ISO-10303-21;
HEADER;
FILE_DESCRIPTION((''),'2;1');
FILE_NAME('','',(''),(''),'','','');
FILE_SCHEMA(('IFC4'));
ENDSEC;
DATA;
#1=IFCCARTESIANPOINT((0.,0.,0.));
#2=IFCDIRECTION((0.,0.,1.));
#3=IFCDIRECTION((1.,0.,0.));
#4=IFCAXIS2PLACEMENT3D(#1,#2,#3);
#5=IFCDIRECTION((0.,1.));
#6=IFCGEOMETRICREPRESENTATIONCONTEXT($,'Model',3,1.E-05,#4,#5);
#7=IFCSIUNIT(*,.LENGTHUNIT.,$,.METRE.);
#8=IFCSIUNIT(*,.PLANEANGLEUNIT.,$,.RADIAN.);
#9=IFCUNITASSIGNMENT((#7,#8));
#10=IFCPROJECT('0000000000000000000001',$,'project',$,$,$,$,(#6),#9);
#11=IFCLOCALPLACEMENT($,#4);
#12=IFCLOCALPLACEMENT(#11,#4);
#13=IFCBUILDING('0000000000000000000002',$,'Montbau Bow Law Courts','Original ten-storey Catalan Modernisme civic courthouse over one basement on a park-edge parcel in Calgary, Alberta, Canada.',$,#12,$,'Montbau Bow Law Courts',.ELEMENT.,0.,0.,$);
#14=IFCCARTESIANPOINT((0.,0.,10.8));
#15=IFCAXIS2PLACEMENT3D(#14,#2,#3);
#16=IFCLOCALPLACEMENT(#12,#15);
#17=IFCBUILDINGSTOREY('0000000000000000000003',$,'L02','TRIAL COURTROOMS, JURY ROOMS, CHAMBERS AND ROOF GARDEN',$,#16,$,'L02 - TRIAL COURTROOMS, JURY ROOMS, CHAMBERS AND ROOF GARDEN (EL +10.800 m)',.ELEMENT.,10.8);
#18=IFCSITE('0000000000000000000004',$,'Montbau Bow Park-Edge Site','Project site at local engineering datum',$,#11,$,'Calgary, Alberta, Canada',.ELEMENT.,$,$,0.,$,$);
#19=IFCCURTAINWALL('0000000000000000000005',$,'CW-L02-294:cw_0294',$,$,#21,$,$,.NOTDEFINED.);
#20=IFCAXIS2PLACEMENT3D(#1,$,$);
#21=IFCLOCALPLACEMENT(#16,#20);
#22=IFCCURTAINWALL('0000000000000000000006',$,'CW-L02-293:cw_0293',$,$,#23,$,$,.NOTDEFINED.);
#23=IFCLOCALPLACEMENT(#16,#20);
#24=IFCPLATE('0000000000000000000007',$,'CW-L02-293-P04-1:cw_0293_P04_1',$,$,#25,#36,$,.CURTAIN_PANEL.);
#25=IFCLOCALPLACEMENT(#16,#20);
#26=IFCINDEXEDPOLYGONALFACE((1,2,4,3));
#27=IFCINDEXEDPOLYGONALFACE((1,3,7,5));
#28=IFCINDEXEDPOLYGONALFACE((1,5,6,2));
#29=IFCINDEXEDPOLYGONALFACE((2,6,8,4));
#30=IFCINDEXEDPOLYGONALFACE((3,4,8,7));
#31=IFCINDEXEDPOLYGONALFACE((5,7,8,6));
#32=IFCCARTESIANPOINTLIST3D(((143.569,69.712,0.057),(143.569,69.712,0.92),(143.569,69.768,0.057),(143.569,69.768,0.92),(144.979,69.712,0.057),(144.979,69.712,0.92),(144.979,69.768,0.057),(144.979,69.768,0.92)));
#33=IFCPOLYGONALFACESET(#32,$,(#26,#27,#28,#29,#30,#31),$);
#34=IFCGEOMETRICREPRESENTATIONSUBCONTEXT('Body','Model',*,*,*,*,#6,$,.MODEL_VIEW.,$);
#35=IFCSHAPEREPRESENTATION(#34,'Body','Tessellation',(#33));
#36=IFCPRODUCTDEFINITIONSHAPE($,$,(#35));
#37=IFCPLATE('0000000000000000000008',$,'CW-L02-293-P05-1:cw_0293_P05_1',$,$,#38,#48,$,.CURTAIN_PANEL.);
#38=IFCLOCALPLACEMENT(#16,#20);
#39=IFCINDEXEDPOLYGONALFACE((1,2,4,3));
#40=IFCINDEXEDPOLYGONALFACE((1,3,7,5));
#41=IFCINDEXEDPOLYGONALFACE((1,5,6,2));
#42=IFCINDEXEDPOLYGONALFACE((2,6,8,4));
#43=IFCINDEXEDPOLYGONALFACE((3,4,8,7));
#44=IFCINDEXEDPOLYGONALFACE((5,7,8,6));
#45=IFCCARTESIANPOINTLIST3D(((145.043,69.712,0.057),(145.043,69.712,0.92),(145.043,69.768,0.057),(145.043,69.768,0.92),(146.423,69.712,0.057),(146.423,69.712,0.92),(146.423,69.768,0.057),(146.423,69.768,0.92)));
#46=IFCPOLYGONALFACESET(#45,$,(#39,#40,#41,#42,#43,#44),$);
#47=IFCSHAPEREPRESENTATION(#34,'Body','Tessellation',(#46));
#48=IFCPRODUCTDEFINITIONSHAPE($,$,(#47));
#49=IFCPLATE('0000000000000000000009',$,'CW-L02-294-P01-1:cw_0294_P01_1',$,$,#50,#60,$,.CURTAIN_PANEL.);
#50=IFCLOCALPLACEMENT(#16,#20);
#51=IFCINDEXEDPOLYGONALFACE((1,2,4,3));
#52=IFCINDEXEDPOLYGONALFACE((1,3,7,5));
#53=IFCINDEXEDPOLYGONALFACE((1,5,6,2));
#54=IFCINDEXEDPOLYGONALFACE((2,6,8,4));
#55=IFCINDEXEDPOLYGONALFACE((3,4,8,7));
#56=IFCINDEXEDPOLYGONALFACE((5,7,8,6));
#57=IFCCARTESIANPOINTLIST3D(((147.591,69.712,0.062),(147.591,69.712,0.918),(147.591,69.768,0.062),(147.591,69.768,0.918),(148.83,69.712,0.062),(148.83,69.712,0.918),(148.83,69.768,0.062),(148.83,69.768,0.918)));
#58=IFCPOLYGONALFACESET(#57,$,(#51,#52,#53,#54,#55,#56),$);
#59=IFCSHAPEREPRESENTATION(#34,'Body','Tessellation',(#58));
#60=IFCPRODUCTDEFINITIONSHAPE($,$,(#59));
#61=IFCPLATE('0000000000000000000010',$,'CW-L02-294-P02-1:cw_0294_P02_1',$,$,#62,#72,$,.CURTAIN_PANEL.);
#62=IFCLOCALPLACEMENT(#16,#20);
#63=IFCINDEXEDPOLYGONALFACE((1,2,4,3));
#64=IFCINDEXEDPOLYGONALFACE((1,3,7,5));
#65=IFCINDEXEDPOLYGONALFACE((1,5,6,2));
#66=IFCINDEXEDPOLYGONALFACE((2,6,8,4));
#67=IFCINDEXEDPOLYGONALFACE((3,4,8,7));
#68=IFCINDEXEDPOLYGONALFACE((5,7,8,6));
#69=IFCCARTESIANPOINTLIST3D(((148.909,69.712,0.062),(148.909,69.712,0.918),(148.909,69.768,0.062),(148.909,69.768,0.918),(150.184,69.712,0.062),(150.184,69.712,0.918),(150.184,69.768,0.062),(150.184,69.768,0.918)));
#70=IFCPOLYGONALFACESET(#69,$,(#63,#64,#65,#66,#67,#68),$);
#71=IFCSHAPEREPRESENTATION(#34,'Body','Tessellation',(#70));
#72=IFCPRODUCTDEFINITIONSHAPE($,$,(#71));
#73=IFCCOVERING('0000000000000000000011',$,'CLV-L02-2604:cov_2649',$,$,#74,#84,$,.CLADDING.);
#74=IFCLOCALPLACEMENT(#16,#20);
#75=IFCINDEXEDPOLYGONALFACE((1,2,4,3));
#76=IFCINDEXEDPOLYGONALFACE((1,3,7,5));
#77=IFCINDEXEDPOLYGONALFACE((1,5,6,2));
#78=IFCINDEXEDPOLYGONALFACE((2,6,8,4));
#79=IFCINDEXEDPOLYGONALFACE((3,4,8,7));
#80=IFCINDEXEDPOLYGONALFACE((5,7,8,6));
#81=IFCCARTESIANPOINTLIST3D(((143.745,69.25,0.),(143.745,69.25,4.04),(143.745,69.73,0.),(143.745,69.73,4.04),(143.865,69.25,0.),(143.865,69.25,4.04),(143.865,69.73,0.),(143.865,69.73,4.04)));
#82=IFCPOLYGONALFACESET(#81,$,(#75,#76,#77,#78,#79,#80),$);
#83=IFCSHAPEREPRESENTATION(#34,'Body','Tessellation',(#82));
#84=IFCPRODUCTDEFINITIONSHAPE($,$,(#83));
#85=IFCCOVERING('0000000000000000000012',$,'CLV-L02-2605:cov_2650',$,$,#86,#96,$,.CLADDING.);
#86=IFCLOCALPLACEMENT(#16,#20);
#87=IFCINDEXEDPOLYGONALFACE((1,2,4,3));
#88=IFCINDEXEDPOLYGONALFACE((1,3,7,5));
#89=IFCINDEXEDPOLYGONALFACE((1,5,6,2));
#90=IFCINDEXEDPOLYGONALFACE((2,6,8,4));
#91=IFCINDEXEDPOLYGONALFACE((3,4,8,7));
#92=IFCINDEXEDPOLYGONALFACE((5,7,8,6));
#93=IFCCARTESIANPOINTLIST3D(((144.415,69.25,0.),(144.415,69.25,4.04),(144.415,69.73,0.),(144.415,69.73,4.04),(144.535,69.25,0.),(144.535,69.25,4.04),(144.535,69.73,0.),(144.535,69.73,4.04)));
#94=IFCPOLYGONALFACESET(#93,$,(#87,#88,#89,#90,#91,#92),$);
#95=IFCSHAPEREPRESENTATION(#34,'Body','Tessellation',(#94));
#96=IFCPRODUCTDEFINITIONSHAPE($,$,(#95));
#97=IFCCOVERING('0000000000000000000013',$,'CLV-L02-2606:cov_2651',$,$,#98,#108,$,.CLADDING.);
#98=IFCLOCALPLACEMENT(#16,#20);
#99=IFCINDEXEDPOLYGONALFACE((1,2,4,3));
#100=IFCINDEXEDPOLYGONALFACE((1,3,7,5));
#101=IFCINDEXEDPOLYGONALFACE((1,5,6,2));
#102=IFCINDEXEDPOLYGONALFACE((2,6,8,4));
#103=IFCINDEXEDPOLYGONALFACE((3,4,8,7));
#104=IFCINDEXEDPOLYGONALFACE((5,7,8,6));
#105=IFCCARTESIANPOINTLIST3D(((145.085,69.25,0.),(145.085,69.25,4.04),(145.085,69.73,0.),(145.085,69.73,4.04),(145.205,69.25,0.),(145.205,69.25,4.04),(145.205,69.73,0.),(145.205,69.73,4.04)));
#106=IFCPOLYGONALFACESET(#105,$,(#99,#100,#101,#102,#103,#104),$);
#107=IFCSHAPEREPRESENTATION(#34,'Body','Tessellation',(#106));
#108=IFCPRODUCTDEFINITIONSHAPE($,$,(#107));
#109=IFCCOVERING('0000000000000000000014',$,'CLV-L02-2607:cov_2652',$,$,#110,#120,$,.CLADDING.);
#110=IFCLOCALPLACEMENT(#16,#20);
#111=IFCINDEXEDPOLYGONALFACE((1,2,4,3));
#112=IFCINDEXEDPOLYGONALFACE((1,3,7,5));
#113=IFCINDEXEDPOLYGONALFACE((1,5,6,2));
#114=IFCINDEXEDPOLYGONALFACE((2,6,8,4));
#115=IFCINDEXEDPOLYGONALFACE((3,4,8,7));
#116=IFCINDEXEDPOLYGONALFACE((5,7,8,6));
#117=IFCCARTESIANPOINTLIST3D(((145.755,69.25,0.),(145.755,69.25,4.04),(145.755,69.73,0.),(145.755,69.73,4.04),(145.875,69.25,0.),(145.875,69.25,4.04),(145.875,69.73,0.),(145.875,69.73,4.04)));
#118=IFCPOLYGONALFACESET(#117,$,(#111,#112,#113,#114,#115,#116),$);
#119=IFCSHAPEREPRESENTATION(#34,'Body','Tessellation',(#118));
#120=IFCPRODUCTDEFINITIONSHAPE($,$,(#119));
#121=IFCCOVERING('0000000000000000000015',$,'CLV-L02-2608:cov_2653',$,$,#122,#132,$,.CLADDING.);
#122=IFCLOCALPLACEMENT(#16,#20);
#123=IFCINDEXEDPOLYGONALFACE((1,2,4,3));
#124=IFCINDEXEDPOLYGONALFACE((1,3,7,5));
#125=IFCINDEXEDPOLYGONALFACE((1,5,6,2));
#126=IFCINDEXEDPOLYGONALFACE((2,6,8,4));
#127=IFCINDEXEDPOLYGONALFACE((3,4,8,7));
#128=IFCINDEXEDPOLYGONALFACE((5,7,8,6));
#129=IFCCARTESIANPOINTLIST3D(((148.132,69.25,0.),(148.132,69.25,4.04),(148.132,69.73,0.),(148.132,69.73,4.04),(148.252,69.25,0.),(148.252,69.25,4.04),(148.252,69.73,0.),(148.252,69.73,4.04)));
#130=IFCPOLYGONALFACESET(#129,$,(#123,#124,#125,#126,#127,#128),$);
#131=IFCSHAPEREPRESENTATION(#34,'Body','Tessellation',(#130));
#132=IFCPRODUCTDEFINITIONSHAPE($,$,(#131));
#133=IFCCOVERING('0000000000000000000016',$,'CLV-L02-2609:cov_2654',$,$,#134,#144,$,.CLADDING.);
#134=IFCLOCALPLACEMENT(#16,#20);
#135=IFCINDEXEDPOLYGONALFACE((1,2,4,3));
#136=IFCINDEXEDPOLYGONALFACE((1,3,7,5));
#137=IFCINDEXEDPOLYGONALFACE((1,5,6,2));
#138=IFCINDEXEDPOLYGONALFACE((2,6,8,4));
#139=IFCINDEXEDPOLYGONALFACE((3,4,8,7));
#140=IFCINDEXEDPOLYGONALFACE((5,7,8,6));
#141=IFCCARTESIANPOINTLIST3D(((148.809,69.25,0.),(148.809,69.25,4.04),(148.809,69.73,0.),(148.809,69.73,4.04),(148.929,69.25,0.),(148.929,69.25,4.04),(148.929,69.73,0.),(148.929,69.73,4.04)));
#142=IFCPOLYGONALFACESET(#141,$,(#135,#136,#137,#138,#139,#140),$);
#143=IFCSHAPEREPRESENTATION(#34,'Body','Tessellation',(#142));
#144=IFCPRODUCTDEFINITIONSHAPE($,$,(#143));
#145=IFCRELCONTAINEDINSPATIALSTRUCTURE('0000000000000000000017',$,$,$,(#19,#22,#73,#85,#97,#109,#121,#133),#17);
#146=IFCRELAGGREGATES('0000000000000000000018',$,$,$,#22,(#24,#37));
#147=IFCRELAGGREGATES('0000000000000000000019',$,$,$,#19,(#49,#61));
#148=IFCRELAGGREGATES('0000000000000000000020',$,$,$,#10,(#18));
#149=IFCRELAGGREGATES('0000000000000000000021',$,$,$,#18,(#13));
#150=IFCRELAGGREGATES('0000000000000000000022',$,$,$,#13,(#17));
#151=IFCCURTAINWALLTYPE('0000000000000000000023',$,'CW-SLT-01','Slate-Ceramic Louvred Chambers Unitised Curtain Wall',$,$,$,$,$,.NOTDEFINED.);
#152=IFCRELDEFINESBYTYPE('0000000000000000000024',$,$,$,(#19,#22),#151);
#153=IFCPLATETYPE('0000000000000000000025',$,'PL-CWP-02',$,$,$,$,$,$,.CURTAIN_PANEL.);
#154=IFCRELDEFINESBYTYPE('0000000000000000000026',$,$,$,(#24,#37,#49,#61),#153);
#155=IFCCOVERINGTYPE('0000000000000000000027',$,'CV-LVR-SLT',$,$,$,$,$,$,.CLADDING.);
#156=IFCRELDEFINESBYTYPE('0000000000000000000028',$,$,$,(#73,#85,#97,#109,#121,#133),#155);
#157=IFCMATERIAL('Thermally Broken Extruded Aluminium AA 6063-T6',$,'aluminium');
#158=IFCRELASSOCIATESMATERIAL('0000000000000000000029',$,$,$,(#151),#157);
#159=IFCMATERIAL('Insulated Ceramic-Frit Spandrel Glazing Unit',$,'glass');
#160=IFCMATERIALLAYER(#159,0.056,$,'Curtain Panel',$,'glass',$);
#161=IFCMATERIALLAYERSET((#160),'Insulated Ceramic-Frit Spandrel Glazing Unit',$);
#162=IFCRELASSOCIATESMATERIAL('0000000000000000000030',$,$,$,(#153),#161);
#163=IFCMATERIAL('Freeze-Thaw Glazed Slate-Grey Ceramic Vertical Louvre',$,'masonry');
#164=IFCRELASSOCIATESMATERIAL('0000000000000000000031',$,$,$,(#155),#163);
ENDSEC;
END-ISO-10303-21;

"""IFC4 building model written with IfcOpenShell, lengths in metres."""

from ifc_helpers import new_model, si_unit, direction, frame, frame_2d, origin_with_axes, place, context, subcontext, project, spatial, rectangle, extrude, material, layer, layer_set, type_object, element, aggregate, save


model = new_model("IFC4")

# Units and contexts
model_context = context("Model", 3, precision=1e-05, world=origin_with_axes(), true_north=direction((0.0, 1.0)))
body_context = subcontext(model_context, "Body", "Model", "MODEL_VIEW")
ifc_project = project(units=[si_unit("LENGTHUNIT", "METRE"), si_unit("PLANEANGLEUNIT", "RADIAN")], contexts=[model_context])

# Site, building, storey
site_placement = place(None, origin_with_axes())
site = spatial("IfcSite", under=ifc_project, at=site_placement, Name="Montbau Bow Park-Edge Site", Description="Project site at local engineering datum", LongName="Calgary, Alberta, Canada", CompositionType="ELEMENT", RefElevation=0.0)
building_placement = place(site_placement, origin_with_axes())
building = spatial("IfcBuilding", under=site, at=building_placement, Name="Montbau Bow Law Courts", Description="Original ten-storey Catalan Modernisme civic courthouse over one basement on a park-edge parcel in Calgary, Alberta, Canada.", LongName="Montbau Bow Law Courts", CompositionType="ELEMENT", ElevationOfRefHeight=0.0, ElevationOfTerrain=0.0)
storey_placement = place(building_placement, frame((0.0, 0.0, 10.8), z_axis=(0.0, 0.0, 1.0), x_axis=(1.0, 0.0, 0.0)))
storey = spatial("IfcBuildingStorey", under=building, at=storey_placement, Name="L02", Description="TRIAL COURTROOMS, JURY ROOMS, CHAMBERS AND ROOF GARDEN", LongName="L02 - TRIAL COURTROOMS, JURY ROOMS, CHAMBERS AND ROOF GARDEN (EL +10.800 m)", CompositionType="ELEMENT", Elevation=10.8)

# Curtain walls
ifc_material_1 = material(Name="Thermally Broken Extruded Aluminium AA 6063-T6", Category="aluminium")
curtain_wall_type = type_object("IfcCurtainWallType", Name="CW-SLT-01", Description="Slate-Ceramic Louvred Chambers Unitised Curtain Wall", PredefinedType="NOTDEFINED", material=ifc_material_1)
curtain_wall_1_placement = place(None, frame((147.515, 69.74, 10.8), z_axis=(0.0, 0.0, 1.0), x_axis=(1.0, 0.0, 0.0)))
curtain_wall_1 = element("IfcCurtainWall", 1, at=curtain_wall_1_placement, inside=storey, type_object=curtain_wall_type, Name="CW-L02-294:cw_0294", PredefinedType="NOTDEFINED")
curtain_wall_2_placement = place(None, frame((139.115, 69.74, 10.8), z_axis=(0.0, 0.0, 1.0), x_axis=(1.0, 0.0, 0.0)))
curtain_wall_2 = element("IfcCurtainWall", 2, at=curtain_wall_2_placement, inside=storey, type_object=curtain_wall_type, Name="CW-L02-293:cw_0293", PredefinedType="NOTDEFINED")

# Plates
ifc_material_2 = material(Name="Insulated Ceramic-Frit Spandrel Glazing Unit", Category="glass")
ifc_layer_1 = layer(ifc_material_2, 0.056, Name="Curtain Panel", Category="glass")
ifc_layer_set_1 = layer_set([ifc_layer_1], Name="Insulated Ceramic-Frit Spandrel Glazing Unit")
plate_type_1 = type_object("IfcPlateType", Name="PL-CWP-02", PredefinedType="CURTAIN_PANEL", material=ifc_layer_set_1)
plate_1_placement = place(None, frame((143.569, 69.74, 10.857), z_axis=(0.0, -1.0, 0.0), x_axis=(1.0, 0.0, 0.0)))
plate_1 = element("IfcPlate", 3, at=plate_1_placement, type_object=plate_type_1, Name="CW-L02-293-P04-1:cw_0293_P04_1", PredefinedType="CURTAIN_PANEL", context=body_context, shape_type="SweptSolid", body=[
    extrude(rectangle(XDim=1.41, YDim=0.863, at=frame_2d((0.705, 0.4315), x_axis=(1.0, 0.0))), frame((0.0, 0.0, -0.028), z_axis=(0.0, 0.0, 1.0), x_axis=(1.0, 0.0, 0.0)), (0.0, 0.0, 1.0), 0.056),
])
plate_2_placement = place(None, frame((145.043, 69.74, 10.857), z_axis=(0.0, -1.0, 0.0), x_axis=(1.0, 0.0, 0.0)))
plate_2 = element("IfcPlate", 4, at=plate_2_placement, type_object=plate_type_1, Name="CW-L02-293-P05-1:cw_0293_P05_1", PredefinedType="CURTAIN_PANEL", context=body_context, shape_type="SweptSolid", body=[
    extrude(rectangle(XDim=1.38, YDim=0.863, at=frame_2d((0.69, 0.4315), x_axis=(1.0, 0.0))), frame((0.0, 0.0, -0.028), z_axis=(0.0, 0.0, 1.0), x_axis=(1.0, 0.0, 0.0)), (0.0, 0.0, 1.0), 0.056),
])
aggregate(curtain_wall_2, [plate_1, plate_2])
plate_3_placement = place(None, frame((147.591, 69.74, 10.862), z_axis=(0.0, -1.0, 0.0), x_axis=(1.0, 0.0, 0.0)))
plate_3 = element("IfcPlate", 5, at=plate_3_placement, type_object=plate_type_1, Name="CW-L02-294-P01-1:cw_0294_P01_1", PredefinedType="CURTAIN_PANEL", context=body_context, shape_type="SweptSolid", body=[
    extrude(rectangle(XDim=1.239, YDim=0.856, at=frame_2d((0.6195, 0.428), x_axis=(1.0, 0.0))), frame((0.0, 0.0, -0.028), z_axis=(0.0, 0.0, 1.0), x_axis=(1.0, 0.0, 0.0)), (0.0, 0.0, 1.0), 0.056),
])
plate_4_placement = place(None, frame((148.909, 69.74, 10.862), z_axis=(0.0, -1.0, 0.0), x_axis=(1.0, 0.0, 0.0)))
plate_4 = element("IfcPlate", 6, at=plate_4_placement, type_object=plate_type_1, Name="CW-L02-294-P02-1:cw_0294_P02_1", PredefinedType="CURTAIN_PANEL", context=body_context, shape_type="SweptSolid", body=[
    extrude(rectangle(XDim=1.275, YDim=0.856, at=frame_2d((0.6375, 0.428), x_axis=(1.0, 0.0))), frame((0.0, 0.0, -0.028), z_axis=(0.0, 0.0, 1.0), x_axis=(1.0, 0.0, 0.0)), (0.0, 0.0, 1.0), 0.056),
])
aggregate(curtain_wall_1, [plate_3, plate_4])

# Coverings
ifc_material_3 = material(Name="Freeze-Thaw Glazed Slate-Grey Ceramic Vertical Louvre", Category="masonry")
covering_type = type_object("IfcCoveringType", Name="CV-LVR-SLT", PredefinedType="CLADDING", material=ifc_material_3)
for number, where, z_axis, x_axis, name in (
    (7, (143.805, 69.73, 10.8), (-1.0, 0.0, 0.0), (0.0, -1.0, 0.0), "CLV-L02-2604:cov_2649"),
    (8, (144.475, 69.73, 10.8), (-1.0, 0.0, 0.0), (0.0, -1.0, 0.0), "CLV-L02-2605:cov_2650"),
    (9, (145.145, 69.73, 10.8), (-1.0, 0.0, 0.0), (0.0, -1.0, 0.0), "CLV-L02-2606:cov_2651"),
    (10, (145.815, 69.73, 10.8), (-1.0, 0.0, 0.0), (0.0, -1.0, 0.0), "CLV-L02-2607:cov_2652"),
    (11, (148.192, 69.73, 10.8), (-1.0, 0.0, 0.0), (0.0, -1.0, 0.0), "CLV-L02-2608:cov_2653"),
    (12, (148.869, 69.73, 10.8), (-1.0, 0.0, 0.0), (0.0, -1.0, 0.0), "CLV-L02-2609:cov_2654"),
):
    element("IfcCovering", number, at=place(None, frame(where, z_axis=z_axis, x_axis=x_axis)), inside=storey, type_object=covering_type, Name=name, PredefinedType="CLADDING", context=body_context, shape_type="SweptSolid", body=[
        extrude(rectangle(XDim=0.48, YDim=4.04, at=frame_2d((0.24, 2.02), x_axis=(1.0, 0.0))), frame((0.0, 0.0, -0.06), z_axis=(0.0, 0.0, 1.0), x_axis=(1.0, 0.0, 0.0)), (0.0, 0.0, 1.0), 0.12),
    ])

save(model, "model.ifc")
